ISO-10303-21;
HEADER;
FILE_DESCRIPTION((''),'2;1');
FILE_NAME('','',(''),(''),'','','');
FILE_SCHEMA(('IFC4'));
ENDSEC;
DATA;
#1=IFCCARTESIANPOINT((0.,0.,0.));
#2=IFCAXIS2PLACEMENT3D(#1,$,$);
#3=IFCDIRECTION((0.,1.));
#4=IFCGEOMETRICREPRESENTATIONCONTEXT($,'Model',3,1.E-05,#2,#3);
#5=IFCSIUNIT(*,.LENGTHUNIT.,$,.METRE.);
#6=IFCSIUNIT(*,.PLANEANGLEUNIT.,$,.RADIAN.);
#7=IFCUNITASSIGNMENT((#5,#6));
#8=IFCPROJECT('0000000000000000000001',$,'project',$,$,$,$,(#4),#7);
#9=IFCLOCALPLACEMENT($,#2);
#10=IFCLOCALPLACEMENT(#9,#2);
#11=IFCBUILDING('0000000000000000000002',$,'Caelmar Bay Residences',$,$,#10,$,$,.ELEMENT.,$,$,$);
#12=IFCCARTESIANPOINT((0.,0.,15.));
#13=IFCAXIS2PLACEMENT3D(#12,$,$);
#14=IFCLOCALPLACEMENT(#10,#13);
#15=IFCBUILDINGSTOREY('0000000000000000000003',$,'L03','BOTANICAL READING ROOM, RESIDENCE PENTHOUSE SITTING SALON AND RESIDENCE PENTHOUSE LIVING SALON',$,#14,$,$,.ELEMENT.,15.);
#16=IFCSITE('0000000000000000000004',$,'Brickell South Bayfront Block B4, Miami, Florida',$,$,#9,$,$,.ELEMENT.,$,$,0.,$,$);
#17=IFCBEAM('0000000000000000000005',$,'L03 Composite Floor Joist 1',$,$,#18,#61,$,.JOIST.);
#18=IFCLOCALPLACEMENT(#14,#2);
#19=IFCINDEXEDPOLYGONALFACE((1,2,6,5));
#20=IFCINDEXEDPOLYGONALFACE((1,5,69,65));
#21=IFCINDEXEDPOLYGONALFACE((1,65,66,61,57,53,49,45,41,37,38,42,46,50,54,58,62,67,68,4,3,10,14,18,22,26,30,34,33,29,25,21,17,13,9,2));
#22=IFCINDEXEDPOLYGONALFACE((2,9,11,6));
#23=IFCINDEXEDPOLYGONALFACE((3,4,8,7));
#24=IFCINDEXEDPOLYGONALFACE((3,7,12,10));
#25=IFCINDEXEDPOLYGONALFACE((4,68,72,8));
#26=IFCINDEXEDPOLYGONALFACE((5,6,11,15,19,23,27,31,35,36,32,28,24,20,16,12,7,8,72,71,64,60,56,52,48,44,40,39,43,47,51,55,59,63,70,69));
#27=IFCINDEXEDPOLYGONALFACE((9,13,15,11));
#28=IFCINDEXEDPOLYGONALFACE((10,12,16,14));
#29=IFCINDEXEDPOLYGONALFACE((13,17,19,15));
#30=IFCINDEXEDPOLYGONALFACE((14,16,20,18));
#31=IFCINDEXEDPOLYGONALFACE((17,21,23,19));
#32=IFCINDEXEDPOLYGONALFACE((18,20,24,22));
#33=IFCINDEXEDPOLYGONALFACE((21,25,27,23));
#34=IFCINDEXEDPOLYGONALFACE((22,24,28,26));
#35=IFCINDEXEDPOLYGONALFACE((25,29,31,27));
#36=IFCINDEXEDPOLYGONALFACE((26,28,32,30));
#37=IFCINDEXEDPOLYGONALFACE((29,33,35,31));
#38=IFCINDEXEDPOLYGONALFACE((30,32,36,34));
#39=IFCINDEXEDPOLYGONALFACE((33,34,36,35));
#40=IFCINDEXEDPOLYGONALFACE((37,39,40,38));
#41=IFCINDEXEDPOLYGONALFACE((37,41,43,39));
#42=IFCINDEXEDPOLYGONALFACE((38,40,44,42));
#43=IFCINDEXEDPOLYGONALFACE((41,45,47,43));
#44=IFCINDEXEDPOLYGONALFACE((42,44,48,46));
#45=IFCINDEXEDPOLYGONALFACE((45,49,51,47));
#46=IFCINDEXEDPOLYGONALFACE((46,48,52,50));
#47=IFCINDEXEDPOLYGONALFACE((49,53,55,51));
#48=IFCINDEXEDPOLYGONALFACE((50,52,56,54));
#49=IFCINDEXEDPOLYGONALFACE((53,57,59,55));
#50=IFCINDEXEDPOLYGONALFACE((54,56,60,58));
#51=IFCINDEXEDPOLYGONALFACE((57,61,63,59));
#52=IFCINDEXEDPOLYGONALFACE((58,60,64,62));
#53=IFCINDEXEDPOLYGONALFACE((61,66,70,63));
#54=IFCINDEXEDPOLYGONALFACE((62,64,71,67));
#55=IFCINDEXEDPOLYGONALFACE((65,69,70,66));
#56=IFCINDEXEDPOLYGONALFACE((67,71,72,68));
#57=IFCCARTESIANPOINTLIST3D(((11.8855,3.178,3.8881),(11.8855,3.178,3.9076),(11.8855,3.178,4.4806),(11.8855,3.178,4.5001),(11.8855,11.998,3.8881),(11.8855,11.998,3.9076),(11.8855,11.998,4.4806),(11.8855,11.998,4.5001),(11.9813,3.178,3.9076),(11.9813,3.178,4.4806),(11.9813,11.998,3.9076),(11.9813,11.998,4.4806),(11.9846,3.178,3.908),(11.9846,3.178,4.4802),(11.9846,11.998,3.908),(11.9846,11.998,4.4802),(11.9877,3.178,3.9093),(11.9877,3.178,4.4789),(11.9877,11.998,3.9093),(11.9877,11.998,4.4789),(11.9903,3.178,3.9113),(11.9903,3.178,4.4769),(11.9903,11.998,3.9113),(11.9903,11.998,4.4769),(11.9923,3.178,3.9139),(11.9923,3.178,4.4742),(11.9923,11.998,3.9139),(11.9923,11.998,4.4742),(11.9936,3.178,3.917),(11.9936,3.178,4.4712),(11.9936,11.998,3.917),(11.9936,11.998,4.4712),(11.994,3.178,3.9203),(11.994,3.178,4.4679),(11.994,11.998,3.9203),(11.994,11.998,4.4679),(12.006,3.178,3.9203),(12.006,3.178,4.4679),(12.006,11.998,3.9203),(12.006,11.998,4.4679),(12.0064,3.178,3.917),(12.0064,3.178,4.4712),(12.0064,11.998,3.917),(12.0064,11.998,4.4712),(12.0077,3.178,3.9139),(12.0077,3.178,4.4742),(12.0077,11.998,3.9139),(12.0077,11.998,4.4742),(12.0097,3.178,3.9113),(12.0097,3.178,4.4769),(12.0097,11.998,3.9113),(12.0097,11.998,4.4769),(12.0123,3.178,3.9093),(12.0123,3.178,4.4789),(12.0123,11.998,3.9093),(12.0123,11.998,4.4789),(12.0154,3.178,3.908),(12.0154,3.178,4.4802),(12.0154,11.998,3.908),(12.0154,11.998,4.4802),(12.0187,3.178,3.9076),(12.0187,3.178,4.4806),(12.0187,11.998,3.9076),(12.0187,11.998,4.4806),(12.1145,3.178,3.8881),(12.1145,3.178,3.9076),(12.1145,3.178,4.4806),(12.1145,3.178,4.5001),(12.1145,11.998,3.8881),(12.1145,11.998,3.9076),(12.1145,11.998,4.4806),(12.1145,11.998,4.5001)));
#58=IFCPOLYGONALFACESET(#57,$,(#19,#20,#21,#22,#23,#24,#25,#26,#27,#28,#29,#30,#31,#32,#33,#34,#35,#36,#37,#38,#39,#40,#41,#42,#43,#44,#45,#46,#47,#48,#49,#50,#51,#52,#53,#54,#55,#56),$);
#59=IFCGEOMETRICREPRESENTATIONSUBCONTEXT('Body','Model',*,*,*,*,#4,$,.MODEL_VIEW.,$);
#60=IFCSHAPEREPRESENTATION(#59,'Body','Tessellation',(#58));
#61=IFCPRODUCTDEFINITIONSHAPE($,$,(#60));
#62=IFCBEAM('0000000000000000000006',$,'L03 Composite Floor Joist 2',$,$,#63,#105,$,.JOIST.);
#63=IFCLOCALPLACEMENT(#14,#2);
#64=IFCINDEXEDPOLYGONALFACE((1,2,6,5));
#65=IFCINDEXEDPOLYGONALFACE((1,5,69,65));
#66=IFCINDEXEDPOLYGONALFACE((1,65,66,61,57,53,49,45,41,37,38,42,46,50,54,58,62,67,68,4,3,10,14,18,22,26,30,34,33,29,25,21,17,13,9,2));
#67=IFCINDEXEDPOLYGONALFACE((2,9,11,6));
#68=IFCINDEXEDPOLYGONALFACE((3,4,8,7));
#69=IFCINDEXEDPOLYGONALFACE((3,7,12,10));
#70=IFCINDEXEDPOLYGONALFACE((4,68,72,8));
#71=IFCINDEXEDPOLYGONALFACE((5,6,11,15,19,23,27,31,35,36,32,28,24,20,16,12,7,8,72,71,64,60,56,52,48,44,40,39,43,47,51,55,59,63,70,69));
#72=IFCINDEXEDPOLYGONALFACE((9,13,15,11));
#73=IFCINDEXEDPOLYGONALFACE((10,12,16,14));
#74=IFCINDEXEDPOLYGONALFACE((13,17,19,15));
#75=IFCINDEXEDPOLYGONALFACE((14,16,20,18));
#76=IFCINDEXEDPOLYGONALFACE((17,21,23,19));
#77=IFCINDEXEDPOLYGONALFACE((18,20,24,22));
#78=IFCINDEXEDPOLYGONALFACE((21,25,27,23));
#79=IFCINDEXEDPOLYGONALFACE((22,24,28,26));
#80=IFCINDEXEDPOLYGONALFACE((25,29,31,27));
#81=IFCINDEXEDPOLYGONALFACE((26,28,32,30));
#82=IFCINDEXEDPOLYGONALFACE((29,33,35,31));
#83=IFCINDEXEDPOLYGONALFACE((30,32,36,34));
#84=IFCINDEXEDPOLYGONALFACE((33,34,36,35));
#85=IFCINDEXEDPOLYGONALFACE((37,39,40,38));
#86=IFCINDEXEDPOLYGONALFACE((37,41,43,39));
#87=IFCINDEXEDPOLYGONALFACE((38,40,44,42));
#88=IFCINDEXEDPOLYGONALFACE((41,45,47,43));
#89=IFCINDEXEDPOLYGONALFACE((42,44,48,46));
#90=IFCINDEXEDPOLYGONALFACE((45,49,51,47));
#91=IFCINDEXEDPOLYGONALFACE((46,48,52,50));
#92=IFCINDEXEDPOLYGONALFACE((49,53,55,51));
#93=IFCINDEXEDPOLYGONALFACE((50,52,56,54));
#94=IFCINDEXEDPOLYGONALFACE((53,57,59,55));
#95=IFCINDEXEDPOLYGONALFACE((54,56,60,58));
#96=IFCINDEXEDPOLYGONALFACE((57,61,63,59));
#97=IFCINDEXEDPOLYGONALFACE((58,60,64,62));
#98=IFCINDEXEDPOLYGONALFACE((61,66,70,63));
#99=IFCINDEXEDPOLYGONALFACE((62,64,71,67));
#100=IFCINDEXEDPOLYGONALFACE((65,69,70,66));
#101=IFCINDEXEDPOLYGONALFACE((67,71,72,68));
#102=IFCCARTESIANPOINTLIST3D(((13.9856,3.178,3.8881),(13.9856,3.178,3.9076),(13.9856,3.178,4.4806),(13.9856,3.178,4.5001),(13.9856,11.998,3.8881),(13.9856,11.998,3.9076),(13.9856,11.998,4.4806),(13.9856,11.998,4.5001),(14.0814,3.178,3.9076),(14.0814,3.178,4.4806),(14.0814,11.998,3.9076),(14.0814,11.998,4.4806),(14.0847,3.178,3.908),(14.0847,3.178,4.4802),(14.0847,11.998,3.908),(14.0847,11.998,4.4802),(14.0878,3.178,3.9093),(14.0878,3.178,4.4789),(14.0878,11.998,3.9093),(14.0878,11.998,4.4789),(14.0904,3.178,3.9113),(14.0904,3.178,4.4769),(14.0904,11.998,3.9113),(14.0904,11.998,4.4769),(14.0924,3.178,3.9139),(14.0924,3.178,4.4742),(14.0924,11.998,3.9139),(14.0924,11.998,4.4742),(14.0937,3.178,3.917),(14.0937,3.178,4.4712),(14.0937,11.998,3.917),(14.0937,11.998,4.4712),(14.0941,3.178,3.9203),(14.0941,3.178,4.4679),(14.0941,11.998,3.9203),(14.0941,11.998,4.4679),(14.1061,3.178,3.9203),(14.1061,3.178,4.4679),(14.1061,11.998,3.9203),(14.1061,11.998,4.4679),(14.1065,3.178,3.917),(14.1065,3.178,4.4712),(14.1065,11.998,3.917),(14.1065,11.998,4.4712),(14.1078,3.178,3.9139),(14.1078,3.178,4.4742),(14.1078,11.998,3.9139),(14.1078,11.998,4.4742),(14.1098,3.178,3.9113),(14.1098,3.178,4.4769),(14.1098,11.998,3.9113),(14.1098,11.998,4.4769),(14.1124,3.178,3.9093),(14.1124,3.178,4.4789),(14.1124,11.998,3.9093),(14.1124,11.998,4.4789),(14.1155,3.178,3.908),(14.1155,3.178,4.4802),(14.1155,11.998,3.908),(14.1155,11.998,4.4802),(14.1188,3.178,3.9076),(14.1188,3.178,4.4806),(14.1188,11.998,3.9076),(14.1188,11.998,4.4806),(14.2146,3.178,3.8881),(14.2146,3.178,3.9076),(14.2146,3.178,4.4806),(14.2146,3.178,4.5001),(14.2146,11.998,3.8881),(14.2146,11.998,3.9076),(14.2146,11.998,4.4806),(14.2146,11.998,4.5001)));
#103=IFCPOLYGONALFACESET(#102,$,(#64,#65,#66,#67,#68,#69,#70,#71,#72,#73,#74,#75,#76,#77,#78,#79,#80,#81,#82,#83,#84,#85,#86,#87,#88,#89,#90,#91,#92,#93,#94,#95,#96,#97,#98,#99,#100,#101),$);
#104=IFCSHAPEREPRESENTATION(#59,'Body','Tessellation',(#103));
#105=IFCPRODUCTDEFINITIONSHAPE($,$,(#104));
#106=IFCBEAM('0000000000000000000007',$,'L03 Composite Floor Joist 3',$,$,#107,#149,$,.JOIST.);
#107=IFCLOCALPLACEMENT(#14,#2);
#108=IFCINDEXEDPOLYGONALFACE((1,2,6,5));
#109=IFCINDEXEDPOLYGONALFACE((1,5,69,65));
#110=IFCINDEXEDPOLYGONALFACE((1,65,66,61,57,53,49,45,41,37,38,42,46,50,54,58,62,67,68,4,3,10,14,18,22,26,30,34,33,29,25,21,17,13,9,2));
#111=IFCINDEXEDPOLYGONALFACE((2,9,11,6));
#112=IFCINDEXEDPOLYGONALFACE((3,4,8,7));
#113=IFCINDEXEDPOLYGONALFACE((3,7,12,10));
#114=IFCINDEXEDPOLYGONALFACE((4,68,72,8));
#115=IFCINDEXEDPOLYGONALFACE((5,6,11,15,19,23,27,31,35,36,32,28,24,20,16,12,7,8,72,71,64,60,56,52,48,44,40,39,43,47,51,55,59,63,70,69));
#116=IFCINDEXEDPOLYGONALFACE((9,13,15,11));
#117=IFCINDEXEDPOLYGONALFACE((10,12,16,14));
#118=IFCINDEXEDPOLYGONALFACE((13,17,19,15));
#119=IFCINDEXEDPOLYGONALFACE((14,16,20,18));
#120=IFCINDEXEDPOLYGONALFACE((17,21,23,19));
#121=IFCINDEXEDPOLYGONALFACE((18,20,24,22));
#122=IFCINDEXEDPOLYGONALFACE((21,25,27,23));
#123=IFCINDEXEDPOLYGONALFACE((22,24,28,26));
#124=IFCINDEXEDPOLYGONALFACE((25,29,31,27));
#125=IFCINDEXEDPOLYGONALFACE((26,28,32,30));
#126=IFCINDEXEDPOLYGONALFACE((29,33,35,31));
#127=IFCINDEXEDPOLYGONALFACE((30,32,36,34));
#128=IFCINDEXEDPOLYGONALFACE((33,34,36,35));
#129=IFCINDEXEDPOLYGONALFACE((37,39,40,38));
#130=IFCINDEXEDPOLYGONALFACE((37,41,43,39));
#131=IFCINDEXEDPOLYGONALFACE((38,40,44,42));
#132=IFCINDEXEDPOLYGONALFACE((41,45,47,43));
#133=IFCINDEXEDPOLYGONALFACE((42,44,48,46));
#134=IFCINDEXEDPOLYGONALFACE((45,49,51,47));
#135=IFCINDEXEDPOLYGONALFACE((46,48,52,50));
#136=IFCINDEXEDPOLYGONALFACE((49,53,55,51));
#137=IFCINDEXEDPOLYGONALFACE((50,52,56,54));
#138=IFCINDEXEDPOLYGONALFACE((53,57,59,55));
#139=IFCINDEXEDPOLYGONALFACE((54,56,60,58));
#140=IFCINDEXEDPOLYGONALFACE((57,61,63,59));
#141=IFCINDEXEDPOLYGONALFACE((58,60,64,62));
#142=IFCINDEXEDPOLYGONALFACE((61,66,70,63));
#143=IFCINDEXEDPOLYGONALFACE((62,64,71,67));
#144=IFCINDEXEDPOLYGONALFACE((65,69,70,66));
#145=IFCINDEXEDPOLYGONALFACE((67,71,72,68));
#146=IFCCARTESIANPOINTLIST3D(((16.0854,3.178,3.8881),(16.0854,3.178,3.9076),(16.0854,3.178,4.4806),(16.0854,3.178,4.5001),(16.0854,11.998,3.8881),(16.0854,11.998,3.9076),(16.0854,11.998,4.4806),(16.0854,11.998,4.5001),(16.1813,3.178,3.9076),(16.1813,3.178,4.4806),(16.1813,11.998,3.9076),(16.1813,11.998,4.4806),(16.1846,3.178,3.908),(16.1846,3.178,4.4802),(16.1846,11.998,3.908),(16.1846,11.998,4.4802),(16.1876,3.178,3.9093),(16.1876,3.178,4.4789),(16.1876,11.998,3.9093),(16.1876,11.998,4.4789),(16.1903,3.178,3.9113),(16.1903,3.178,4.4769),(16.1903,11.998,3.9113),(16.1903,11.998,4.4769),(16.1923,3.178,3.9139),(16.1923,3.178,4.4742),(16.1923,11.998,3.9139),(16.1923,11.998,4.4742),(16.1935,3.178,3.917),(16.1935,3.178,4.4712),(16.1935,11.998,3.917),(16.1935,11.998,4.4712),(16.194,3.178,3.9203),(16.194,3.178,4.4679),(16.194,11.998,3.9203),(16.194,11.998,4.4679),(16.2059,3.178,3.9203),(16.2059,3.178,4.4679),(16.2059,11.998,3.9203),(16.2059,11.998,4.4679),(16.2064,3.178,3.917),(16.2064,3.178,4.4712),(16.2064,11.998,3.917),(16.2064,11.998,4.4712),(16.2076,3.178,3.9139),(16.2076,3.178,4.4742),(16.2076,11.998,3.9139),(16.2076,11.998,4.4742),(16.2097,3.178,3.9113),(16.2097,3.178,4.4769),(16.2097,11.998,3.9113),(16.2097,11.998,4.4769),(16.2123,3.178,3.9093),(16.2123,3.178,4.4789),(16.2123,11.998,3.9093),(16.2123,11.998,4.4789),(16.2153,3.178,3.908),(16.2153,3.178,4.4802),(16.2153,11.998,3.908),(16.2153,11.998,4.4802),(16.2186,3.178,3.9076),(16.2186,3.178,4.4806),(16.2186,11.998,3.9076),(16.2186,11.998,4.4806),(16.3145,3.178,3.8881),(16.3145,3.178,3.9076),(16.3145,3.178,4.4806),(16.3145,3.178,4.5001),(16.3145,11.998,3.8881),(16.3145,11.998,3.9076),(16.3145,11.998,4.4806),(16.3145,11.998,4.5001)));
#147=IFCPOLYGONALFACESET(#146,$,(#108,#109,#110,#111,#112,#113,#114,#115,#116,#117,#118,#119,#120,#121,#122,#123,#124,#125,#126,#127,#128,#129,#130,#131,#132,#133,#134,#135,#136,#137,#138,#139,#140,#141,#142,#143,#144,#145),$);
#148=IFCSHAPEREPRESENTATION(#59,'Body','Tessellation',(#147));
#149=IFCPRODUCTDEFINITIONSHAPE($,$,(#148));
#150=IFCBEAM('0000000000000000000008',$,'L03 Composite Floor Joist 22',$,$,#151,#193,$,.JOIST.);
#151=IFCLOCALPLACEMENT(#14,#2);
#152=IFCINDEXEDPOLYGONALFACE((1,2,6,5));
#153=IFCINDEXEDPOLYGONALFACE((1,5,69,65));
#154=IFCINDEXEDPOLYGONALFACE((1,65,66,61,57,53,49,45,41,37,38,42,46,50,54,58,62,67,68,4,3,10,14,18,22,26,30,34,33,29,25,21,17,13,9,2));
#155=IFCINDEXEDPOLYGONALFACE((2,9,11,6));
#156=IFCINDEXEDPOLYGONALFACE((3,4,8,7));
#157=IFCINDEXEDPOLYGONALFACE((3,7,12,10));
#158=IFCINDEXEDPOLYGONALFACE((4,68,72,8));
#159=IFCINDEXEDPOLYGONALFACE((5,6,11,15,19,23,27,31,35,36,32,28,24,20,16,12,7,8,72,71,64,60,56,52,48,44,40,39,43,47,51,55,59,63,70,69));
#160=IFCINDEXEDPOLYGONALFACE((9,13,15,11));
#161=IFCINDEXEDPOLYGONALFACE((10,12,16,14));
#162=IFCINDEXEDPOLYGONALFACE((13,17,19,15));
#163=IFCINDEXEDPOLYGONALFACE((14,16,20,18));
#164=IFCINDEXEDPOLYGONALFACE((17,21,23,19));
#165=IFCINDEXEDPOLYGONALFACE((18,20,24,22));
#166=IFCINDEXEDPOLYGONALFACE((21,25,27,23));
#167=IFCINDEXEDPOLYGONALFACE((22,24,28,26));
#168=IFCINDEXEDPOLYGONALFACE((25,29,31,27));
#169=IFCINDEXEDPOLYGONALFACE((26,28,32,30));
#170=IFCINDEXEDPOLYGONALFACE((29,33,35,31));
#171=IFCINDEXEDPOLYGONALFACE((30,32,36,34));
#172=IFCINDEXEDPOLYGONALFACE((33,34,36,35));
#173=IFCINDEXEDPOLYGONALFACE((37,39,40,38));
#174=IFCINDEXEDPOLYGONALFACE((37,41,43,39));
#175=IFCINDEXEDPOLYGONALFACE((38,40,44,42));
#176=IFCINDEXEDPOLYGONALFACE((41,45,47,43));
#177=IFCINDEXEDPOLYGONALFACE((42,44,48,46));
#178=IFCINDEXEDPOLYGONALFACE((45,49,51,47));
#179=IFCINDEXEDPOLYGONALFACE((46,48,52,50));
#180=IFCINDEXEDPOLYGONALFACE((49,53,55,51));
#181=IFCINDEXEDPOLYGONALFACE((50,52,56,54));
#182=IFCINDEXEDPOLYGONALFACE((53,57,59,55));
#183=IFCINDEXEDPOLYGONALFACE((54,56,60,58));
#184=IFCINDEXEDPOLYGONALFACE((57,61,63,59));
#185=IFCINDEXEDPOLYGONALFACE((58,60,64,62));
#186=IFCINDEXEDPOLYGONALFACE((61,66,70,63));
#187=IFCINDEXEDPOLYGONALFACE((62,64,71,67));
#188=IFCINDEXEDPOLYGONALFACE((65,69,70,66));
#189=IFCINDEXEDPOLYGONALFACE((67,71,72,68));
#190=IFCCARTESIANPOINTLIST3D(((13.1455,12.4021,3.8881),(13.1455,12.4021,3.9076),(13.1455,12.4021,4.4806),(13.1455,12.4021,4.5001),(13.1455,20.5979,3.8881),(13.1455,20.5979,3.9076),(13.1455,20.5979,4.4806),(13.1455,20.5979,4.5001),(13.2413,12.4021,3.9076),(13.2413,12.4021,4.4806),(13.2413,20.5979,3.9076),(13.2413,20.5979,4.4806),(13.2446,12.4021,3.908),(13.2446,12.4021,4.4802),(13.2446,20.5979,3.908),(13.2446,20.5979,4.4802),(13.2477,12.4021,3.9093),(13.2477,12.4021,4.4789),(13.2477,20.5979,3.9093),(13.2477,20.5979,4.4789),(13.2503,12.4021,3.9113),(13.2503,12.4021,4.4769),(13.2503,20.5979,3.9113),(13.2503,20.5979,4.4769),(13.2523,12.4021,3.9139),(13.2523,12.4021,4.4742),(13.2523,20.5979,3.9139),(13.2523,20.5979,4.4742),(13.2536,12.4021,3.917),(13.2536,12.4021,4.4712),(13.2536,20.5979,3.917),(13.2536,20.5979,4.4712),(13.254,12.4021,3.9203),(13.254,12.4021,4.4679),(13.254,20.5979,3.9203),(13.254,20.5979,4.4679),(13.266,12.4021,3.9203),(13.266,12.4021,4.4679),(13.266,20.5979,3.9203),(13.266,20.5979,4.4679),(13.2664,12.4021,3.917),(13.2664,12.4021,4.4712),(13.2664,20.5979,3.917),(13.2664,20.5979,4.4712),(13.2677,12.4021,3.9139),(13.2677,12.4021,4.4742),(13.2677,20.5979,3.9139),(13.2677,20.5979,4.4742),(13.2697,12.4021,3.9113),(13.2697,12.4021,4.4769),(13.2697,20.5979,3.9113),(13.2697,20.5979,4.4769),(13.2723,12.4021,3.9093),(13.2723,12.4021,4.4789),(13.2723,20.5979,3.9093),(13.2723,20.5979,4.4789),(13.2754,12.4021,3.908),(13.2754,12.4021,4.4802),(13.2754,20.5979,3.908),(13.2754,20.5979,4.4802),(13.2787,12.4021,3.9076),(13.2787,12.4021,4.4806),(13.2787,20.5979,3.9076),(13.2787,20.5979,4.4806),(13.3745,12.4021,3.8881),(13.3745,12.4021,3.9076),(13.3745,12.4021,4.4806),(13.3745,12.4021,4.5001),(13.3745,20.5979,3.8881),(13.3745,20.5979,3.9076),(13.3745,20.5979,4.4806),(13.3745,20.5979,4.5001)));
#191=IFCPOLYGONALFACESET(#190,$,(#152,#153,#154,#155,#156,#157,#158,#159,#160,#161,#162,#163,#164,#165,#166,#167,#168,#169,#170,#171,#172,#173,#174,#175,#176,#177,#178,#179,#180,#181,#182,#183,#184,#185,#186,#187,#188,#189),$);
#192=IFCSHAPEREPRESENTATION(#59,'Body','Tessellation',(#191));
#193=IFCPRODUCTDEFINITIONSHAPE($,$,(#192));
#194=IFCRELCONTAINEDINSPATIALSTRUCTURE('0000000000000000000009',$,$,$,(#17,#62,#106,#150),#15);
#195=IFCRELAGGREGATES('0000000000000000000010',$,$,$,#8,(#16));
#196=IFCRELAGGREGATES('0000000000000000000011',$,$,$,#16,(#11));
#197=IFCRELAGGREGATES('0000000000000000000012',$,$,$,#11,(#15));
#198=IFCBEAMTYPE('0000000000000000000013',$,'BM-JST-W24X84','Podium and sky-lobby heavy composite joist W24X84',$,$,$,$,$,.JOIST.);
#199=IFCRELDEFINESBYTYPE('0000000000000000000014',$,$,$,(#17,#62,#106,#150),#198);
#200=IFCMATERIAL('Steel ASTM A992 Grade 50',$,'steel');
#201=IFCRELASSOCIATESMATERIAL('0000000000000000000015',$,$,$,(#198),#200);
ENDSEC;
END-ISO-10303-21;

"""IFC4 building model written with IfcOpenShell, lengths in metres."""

from ifc_helpers import new_model, si_unit, direction, frame, origin, origin_2d, place, context, subcontext, project, spatial, i_section, extrude, material, material_profile, profile_set, type_object, element, save


model = new_model("IFC4")

# Units and contexts
model_context = context("Model", 3, precision=1e-05, world=origin(), true_north=direction((0.0, 1.0)))
body_context = subcontext(model_context, "Body", "Model", "MODEL_VIEW")
ifc_project = project(units=[si_unit("LENGTHUNIT", "METRE"), si_unit("PLANEANGLEUNIT", "RADIAN")], contexts=[model_context])

# Site, building, storey
site_placement = place(None, origin())
site = spatial("IfcSite", under=ifc_project, at=site_placement, Name="Brickell South Bayfront Block B4, Miami, Florida", CompositionType="ELEMENT", RefElevation=0.0)
building_placement = place(site_placement, origin())
building = spatial("IfcBuilding", under=site, at=building_placement, Name="Caelmar Bay Residences", CompositionType="ELEMENT")
storey_placement = place(building_placement, frame((0.0, 0.0, 15.0)))
storey = spatial("IfcBuildingStorey", under=building, at=storey_placement, Name="L03", Description="BOTANICAL READING ROOM, RESIDENCE PENTHOUSE SITTING SALON AND RESIDENCE PENTHOUSE LIVING SALON", CompositionType="ELEMENT", Elevation=15.0)

# Beams
ifc_material_1 = material(Name="Steel ASTM A992 Grade 50", Category="steel")
ifc_material_profile_1 = material_profile(ifc_material_1, i_section(OverallWidth=0.229, OverallDepth=0.6121, WebThickness=0.012, FlangeThickness=0.0195, FilletRadius=0.0127, at=origin_2d()), Name="W24X84")
ifc_profile_set_1 = profile_set([ifc_material_profile_1], Name="Steel ASTM A992 Grade 50")
beam_type_1 = type_object("IfcBeamType", Name="BM-JST-W24X84", Description="Podium and sky-lobby heavy composite joist W24X84", PredefinedType="JOIST", material=ifc_profile_set_1)
for number, where, z_axis, x_axis, name in (
    (1, (12.0, 3.178, 4.1941), (0.0, 1.0, 0.0), (-1.0, 0.0, 0.0), "L03 Composite Floor Joist 1"),
    (2, (14.1001, 3.178, 4.1941), (0.0, 1.0, 0.0), (-1.0, 0.0, 0.0), "L03 Composite Floor Joist 2"),
    (3, (16.2, 3.178, 4.1941), (0.0, 1.0, 0.0), (-1.0, 0.0, 0.0), "L03 Composite Floor Joist 3"),
):
    element("IfcBeam", number, at=place(storey_placement, frame(where, z_axis=z_axis, x_axis=x_axis)), inside=storey, type_object=beam_type_1, Name=name, PredefinedType="JOIST", context=body_context, shape_type="SweptSolid", body=[
        extrude(i_section(OverallWidth=0.229, OverallDepth=0.6121, WebThickness=0.012, FlangeThickness=0.0195, FilletRadius=0.0127, at=origin_2d()), origin(), (0.0, 0.0, 1.0), 8.8201),
    ])
beam_1_placement = place(storey_placement, frame((13.26, 12.4021, 4.1941), z_axis=(0.0, 1.0, 0.0), x_axis=(-1.0, 0.0, 0.0)))
element("IfcBeam", 4, at=beam_1_placement, inside=storey, type_object=beam_type_1, Name="L03 Composite Floor Joist 22", PredefinedType="JOIST", context=body_context, shape_type="SweptSolid", body=[
    extrude(i_section(OverallWidth=0.229, OverallDepth=0.6121, WebThickness=0.012, FlangeThickness=0.0195, FilletRadius=0.0127, at=origin_2d()), origin(), (0.0, 0.0, 1.0), 8.1958),
])

save(model, "model.ifc")
